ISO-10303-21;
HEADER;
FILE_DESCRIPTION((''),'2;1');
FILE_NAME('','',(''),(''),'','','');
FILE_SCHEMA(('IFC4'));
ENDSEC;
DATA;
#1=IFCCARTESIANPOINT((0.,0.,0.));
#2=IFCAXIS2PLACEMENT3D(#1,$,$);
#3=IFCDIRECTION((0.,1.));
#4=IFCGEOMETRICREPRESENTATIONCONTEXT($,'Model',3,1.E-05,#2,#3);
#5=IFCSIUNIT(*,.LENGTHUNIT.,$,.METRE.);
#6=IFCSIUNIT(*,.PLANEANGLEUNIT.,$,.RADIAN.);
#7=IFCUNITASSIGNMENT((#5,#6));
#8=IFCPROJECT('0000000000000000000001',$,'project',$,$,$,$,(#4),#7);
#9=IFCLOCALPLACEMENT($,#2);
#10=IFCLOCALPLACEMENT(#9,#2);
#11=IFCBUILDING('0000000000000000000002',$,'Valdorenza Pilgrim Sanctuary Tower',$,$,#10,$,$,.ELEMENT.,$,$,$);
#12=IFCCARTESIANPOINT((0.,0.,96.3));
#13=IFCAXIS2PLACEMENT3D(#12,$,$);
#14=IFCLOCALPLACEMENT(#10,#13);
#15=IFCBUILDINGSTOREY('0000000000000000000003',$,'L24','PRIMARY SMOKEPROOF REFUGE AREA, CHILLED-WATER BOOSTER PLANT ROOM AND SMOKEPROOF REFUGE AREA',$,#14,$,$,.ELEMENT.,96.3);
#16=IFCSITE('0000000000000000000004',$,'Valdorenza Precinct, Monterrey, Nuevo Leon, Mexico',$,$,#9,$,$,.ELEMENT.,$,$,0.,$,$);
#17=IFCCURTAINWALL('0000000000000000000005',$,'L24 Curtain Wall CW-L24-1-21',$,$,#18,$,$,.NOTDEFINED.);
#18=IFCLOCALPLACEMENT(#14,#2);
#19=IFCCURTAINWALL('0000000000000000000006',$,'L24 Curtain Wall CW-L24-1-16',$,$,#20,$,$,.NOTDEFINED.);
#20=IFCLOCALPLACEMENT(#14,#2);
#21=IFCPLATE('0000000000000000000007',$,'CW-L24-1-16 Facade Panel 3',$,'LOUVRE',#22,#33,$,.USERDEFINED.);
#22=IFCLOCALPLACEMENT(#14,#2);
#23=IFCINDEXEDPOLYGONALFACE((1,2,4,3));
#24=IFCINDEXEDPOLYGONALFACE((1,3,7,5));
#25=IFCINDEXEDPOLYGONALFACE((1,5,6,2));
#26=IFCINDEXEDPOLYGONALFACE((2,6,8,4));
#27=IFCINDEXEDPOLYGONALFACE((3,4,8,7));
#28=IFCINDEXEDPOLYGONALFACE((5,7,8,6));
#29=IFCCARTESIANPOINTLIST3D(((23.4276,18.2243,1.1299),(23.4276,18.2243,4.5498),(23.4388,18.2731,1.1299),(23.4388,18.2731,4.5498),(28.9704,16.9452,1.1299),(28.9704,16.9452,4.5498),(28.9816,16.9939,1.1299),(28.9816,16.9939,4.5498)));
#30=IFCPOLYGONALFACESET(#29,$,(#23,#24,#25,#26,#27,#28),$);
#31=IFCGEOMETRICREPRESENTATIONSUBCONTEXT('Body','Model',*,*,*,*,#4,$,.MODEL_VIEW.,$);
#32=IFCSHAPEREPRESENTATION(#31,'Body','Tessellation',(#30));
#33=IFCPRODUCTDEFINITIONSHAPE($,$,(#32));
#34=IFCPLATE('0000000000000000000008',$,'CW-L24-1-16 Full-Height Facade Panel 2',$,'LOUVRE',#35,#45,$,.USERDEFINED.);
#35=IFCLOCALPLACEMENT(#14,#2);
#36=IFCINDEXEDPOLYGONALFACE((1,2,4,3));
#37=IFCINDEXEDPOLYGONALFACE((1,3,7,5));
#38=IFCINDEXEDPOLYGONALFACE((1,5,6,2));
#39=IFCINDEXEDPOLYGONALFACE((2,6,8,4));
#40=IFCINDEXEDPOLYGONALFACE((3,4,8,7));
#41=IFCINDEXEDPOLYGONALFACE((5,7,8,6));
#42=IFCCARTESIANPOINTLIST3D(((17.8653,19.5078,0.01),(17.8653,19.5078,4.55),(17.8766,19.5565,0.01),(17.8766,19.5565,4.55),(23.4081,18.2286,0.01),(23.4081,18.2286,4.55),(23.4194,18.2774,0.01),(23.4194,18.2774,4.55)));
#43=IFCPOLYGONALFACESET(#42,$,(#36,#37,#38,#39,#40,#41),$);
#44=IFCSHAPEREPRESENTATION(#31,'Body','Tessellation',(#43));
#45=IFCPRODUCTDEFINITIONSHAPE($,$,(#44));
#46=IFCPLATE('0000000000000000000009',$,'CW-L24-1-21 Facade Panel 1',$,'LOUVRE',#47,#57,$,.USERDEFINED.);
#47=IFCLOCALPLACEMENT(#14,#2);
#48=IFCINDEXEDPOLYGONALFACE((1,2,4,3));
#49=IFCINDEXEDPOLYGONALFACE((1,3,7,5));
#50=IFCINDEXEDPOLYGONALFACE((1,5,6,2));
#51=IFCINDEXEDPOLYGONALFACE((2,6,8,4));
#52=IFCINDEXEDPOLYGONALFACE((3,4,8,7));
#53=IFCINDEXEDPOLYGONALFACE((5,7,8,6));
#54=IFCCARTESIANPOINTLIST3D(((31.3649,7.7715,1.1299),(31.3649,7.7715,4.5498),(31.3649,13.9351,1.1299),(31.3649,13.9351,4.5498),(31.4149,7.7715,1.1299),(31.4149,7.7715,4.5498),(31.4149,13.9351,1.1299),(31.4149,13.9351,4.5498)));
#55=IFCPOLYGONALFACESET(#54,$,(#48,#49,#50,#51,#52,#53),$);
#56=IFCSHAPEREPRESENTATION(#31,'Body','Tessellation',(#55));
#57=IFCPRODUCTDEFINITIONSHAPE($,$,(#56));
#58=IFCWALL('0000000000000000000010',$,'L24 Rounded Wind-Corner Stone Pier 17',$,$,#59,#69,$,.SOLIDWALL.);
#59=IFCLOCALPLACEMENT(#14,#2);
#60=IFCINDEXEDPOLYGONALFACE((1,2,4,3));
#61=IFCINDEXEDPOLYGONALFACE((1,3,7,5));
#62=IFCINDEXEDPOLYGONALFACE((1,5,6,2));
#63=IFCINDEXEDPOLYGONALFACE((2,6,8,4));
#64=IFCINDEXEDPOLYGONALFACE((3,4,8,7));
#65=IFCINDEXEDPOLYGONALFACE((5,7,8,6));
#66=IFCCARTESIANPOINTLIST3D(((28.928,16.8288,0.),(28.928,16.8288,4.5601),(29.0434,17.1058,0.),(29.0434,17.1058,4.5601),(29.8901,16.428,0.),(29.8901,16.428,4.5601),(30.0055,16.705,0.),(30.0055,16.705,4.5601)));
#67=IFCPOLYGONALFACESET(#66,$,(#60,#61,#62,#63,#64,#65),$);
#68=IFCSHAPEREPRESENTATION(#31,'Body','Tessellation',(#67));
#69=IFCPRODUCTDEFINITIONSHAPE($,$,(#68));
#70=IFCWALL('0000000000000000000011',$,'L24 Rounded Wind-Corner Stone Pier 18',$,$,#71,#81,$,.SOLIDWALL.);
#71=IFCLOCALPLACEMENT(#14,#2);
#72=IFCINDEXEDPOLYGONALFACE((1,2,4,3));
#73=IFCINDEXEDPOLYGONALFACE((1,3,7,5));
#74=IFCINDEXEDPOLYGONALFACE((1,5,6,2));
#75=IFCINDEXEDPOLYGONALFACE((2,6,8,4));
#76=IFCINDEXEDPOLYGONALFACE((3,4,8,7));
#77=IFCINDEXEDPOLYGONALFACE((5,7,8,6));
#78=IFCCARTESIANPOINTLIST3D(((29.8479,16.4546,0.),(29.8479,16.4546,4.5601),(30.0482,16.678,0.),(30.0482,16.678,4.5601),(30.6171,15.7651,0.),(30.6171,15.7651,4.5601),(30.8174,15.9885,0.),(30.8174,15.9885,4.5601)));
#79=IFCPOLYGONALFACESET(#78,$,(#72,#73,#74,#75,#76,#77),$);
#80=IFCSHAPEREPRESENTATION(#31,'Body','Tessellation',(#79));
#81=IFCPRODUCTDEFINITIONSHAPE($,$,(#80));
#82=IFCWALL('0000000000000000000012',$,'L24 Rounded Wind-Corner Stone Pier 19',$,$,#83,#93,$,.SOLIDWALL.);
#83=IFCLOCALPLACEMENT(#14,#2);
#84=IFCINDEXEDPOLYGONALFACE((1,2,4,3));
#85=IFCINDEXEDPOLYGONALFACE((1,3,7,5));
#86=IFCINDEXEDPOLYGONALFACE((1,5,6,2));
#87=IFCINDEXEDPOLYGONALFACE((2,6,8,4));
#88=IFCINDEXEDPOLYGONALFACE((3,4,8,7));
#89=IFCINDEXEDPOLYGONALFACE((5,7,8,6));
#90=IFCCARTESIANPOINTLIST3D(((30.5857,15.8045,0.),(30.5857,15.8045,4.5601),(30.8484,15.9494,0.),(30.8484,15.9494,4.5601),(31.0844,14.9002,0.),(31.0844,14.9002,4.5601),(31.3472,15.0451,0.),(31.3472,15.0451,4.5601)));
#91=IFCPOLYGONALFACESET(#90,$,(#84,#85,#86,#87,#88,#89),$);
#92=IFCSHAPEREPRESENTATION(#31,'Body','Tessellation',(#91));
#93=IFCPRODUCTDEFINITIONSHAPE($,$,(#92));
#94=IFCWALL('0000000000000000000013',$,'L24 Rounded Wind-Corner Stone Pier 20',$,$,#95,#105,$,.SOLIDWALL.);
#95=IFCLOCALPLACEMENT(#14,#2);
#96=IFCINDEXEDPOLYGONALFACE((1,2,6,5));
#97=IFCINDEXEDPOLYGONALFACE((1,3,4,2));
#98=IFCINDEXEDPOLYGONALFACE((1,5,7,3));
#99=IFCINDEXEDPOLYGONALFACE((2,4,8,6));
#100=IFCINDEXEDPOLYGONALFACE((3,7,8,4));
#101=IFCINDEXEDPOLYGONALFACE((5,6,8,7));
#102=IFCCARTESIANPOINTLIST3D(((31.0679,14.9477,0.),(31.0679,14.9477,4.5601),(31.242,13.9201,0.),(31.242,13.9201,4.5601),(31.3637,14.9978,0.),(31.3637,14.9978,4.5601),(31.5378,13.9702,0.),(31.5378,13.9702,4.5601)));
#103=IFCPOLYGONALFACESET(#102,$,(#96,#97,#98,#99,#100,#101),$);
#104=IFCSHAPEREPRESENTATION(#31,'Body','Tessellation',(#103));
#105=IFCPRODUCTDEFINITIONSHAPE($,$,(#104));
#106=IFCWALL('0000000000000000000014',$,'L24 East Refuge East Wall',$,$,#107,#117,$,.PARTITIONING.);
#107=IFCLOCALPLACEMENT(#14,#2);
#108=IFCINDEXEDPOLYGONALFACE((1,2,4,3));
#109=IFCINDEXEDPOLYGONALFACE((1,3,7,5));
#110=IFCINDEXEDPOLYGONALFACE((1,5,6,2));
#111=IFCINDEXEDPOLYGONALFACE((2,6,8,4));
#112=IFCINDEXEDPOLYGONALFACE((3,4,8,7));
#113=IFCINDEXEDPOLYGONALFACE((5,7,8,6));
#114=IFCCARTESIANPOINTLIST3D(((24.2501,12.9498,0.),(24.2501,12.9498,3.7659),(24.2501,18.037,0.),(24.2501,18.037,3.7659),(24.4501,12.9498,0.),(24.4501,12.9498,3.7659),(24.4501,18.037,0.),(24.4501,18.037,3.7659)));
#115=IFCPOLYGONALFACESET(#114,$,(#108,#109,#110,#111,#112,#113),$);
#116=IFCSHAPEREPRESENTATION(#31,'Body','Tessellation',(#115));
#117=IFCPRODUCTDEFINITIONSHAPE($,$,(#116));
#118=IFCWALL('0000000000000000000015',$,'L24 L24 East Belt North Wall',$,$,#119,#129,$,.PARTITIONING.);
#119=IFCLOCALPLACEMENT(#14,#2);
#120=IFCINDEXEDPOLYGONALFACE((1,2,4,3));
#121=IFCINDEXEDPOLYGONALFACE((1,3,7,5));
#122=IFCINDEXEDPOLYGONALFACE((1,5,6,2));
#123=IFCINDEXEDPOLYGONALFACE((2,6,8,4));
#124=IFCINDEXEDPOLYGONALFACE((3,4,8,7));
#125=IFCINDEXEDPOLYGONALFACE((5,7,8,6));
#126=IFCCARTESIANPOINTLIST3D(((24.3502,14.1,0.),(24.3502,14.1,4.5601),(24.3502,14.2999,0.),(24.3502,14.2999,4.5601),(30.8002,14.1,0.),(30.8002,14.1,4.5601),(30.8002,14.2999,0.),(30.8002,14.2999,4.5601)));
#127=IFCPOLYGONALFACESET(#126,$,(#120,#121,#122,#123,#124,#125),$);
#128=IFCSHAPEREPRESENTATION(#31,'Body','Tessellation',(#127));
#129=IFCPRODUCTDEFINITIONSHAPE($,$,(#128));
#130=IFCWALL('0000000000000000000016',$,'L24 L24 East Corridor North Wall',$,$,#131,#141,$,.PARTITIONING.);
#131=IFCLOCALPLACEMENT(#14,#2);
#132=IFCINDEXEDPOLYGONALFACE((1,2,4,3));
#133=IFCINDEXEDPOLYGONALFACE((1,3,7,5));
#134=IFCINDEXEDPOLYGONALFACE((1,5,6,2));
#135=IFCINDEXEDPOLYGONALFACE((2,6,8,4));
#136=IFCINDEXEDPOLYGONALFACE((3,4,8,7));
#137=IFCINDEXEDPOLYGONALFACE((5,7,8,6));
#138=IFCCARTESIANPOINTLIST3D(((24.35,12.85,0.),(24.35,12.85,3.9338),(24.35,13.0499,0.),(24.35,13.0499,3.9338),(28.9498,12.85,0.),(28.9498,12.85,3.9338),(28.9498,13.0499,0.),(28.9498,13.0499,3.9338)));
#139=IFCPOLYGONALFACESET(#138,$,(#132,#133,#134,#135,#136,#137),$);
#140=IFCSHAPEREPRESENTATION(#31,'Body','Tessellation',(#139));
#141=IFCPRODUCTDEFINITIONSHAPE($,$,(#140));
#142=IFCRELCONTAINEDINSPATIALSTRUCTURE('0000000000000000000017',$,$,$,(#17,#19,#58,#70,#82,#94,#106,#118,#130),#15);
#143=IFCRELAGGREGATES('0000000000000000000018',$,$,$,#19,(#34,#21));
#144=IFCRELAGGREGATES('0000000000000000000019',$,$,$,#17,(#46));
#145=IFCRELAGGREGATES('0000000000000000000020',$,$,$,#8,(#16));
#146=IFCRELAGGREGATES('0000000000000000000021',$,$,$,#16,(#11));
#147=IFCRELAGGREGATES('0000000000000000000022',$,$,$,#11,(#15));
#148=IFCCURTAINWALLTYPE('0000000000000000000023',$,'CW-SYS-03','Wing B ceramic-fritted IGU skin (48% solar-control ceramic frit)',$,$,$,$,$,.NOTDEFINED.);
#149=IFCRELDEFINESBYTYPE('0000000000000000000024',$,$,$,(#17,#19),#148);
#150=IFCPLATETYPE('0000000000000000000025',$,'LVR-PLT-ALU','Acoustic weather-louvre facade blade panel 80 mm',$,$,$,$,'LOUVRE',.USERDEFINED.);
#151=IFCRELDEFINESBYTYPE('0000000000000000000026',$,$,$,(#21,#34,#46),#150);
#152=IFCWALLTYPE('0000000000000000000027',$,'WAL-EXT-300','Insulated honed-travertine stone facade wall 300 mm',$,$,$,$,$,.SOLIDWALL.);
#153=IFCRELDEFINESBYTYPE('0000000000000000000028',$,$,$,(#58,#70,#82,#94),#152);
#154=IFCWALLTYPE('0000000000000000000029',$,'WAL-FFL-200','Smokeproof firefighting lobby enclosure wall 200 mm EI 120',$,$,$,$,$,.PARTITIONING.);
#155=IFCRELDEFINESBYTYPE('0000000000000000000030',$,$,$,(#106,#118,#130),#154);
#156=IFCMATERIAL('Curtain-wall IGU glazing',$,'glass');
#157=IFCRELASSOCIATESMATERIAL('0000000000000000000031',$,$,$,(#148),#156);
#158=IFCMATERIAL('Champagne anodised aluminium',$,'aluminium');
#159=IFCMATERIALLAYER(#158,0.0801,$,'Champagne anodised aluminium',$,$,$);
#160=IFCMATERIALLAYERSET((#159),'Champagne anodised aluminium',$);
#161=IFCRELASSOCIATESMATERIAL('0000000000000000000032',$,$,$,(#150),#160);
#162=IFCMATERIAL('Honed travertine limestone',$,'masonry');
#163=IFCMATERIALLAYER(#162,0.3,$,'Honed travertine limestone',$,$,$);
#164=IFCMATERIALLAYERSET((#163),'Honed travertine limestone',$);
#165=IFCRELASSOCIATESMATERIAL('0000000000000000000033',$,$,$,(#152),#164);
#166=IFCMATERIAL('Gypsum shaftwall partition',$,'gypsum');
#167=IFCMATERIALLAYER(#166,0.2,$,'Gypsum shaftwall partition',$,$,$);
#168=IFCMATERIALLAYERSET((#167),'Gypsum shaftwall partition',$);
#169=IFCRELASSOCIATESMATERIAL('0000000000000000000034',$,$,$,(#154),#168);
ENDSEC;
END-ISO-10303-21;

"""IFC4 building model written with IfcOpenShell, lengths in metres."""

from ifc_helpers import new_model, si_unit, direction, frame, frame_2d, origin, origin_2d, place, context, subcontext, project, spatial, rectangle, extrude, source, transform, mapped, material, layer, layer_set, type_object, element, aggregate, save


model = new_model("IFC4")

# Units and contexts
model_context = context("Model", 3, precision=1e-05, world=origin(), true_north=direction((0.0, 1.0)))
body_context = subcontext(model_context, "Body", "Model", "MODEL_VIEW")
ifc_project = project(units=[si_unit("LENGTHUNIT", "METRE"), si_unit("PLANEANGLEUNIT", "RADIAN")], contexts=[model_context])

# Site, building, storey
site_placement = place(None, origin())
site = spatial("IfcSite", under=ifc_project, at=site_placement, Name="Valdorenza Precinct, Monterrey, Nuevo Leon, Mexico", CompositionType="ELEMENT", RefElevation=0.0)
building_placement = place(site_placement, origin())
building = spatial("IfcBuilding", under=site, at=building_placement, Name="Valdorenza Pilgrim Sanctuary Tower", CompositionType="ELEMENT")
storey_placement = place(building_placement, frame((0.0, 0.0, 96.3)))
storey = spatial("IfcBuildingStorey", under=building, at=storey_placement, Name="L24", Description="PRIMARY SMOKEPROOF REFUGE AREA, CHILLED-WATER BOOSTER PLANT ROOM AND SMOKEPROOF REFUGE AREA", CompositionType="ELEMENT", Elevation=96.3)

# Curtain wall
ifc_material_1 = material(Name="Curtain-wall IGU glazing", Category="glass")
curtain_wall_type = type_object("IfcCurtainWallType", Name="CW-SYS-03", Description="Wing B ceramic-fritted IGU skin (48% solar-control ceramic frit)", PredefinedType="NOTDEFINED", material=ifc_material_1)
curtain_wall_1_placement = place(storey_placement, origin())
curtain_wall_1 = element("IfcCurtainWall", 1, at=curtain_wall_1_placement, inside=storey, type_object=curtain_wall_type, Name="L24 Curtain Wall CW-L24-1-21", PredefinedType="NOTDEFINED")

# Curtain wall
curtain_wall_2_placement = place(storey_placement, origin())
curtain_wall_2 = element("IfcCurtainWall", 2, at=curtain_wall_2_placement, inside=storey, type_object=curtain_wall_type, Name="L24 Curtain Wall CW-L24-1-16", PredefinedType="NOTDEFINED")

# Plates
ifc_material_2 = material(Name="Honed travertine limestone", Category="masonry")
ifc_material_3 = material(Name="Champagne anodised aluminium", Category="aluminium")
ifc_layer_1 = layer(ifc_material_3, 0.0801, Name="Champagne anodised aluminium")
ifc_layer_set_1 = layer_set([ifc_layer_1], Name="Champagne anodised aluminium")
plate_type_1 = type_object("IfcPlateType", Name="LVR-PLT-ALU", Description="Acoustic weather-louvre facade blade panel 80 mm", ElementType="LOUVRE", PredefinedType="USERDEFINED", material=ifc_layer_set_1)
shared_shape_1 = source(origin(), body_context, "Body", "SweptSolid", [
    extrude(rectangle(XDim=5.6885, YDim=0.05, at=origin_2d()), origin(), (0.0, 0.0, 1.0), 3.4199),
])
plate_1_placement = place(storey_placement, frame((26.2046, 17.6091, 1.1299), z_axis=(0.0, 0.0, 1.0), x_axis=(0.97439, -0.224866, 0.0)))
plate_1 = element("IfcPlate", 3, at=plate_1_placement, type_object=plate_type_1, Name="CW-L24-1-16 Facade Panel 3", ObjectType="LOUVRE", PredefinedType="USERDEFINED", context=body_context, shape_type="MappedRepresentation", body=[
    mapped(shared_shape_1, transform((0.0, 0.0, 0.0), x_axis=(1.0, 0.0, 0.0), y_axis=(0.0, 1.0, 0.0), z_axis=(0.0, 0.0, 1.0), scale=1.0)),
])
shared_shape_2 = source(origin(), body_context, "Body", "SweptSolid", [
    extrude(rectangle(XDim=5.6885, YDim=0.05, at=origin_2d()), origin(), (0.0, 0.0, 1.0), 4.54),
])
plate_2_placement = place(storey_placement, frame((20.6423, 18.8926, 0.01), z_axis=(0.0, 0.0, 1.0), x_axis=(0.97439, -0.224866, 0.0)))
plate_2 = element("IfcPlate", 4, at=plate_2_placement, type_object=plate_type_1, Name="CW-L24-1-16 Full-Height Facade Panel 2", ObjectType="LOUVRE", PredefinedType="USERDEFINED", context=body_context, shape_type="MappedRepresentation", body=[
    mapped(shared_shape_2, transform((0.0, 0.0, 0.0), x_axis=(1.0, 0.0, 0.0), y_axis=(0.0, 1.0, 0.0), z_axis=(0.0, 0.0, 1.0), scale=1.0)),
])
aggregate(curtain_wall_2, [plate_2, plate_1])
shared_shape_3 = source(origin(), body_context, "Body", "SweptSolid", [
    extrude(rectangle(XDim=6.1636, YDim=0.05, at=origin_2d()), origin(), (0.0, 0.0, 1.0), 3.4199),
])
plate_3_placement = place(storey_placement, frame((31.3899, 10.8533, 1.1299), z_axis=(0.0, 0.0, 1.0), x_axis=(0.0, -1.0, 0.0)))
plate_3 = element("IfcPlate", 5, at=plate_3_placement, type_object=plate_type_1, Name="CW-L24-1-21 Facade Panel 1", ObjectType="LOUVRE", PredefinedType="USERDEFINED", context=body_context, shape_type="MappedRepresentation", body=[
    mapped(shared_shape_3, transform((0.0, 0.0, 0.0), x_axis=(1.0, 0.0, 0.0), y_axis=(0.0, 1.0, 0.0), z_axis=(0.0, 0.0, 1.0), scale=1.0)),
])
aggregate(curtain_wall_1, [plate_3])

# Walls
ifc_layer_2 = layer(ifc_material_2, 0.3, Name="Honed travertine limestone")
ifc_layer_set_2 = layer_set([ifc_layer_2], Name="Honed travertine limestone")
wall_type_1 = type_object("IfcWallType", Name="WAL-EXT-300", Description="Insulated honed-travertine stone facade wall 300 mm", PredefinedType="SOLIDWALL", material=ifc_layer_set_2)
wall_1_placement = place(storey_placement, frame((28.9858, 16.9673, 0.0), z_axis=(0.0, 0.0, 1.0), x_axis=(0.923084, -0.384599, 0.0)))
element("IfcWall", 6, at=wall_1_placement, inside=storey, type_object=wall_type_1, Name="L24 Rounded Wind-Corner Stone Pier 17", PredefinedType="SOLIDWALL", context=body_context, shape_type="SweptSolid", body=[
    extrude(rectangle(XDim=1.0422, YDim=0.3, at=frame_2d((0.521, 0.0))), origin(), (0.0, 0.0, 1.0), 4.5601),
])
wall_2_placement = place(storey_placement, frame((29.948, 16.5664, 0.0), z_axis=(0.0, 0.0, 1.0), x_axis=(0.744586, -0.667527, 0.0)))
element("IfcWall", 7, at=wall_2_placement, inside=storey, type_object=wall_type_1, Name="L24 Rounded Wind-Corner Stone Pier 18", PredefinedType="SOLIDWALL", context=body_context, shape_type="SweptSolid", body=[
    extrude(rectangle(XDim=1.033, YDim=0.3, at=frame_2d((0.5166, 0.0))), origin(), (0.0, 0.0, 1.0), 4.5601),
])
wall_3_placement = place(storey_placement, frame((30.717, 15.877, 0.0), z_axis=(0.0, 0.0, 1.0), x_axis=(0.482971, -0.875636, 0.0)))
element("IfcWall", 8, at=wall_3_placement, inside=storey, type_object=wall_type_1, Name="L24 Rounded Wind-Corner Stone Pier 19", PredefinedType="SOLIDWALL", context=body_context, shape_type="SweptSolid", body=[
    extrude(rectangle(XDim=1.0327, YDim=0.3, at=frame_2d((0.5164, 0.0))), origin(), (0.0, 0.0, 1.0), 4.5601),
])
wall_4_placement = place(storey_placement, frame((31.2158, 14.9727, 0.0), z_axis=(0.0, 0.0, 1.0), x_axis=(0.167019, -0.985954, 0.0)))
element("IfcWall", 9, at=wall_4_placement, inside=storey, type_object=wall_type_1, Name="L24 Rounded Wind-Corner Stone Pier 20", PredefinedType="SOLIDWALL", context=body_context, shape_type="SweptSolid", body=[
    extrude(rectangle(XDim=1.0422, YDim=0.3, at=frame_2d((0.521, 0.0))), origin(), (0.0, 0.0, 1.0), 4.5601),
])
ifc_material_4 = material(Name="Gypsum shaftwall partition", Category="gypsum")
ifc_layer_3 = layer(ifc_material_4, 0.2, Name="Gypsum shaftwall partition")
ifc_layer_set_3 = layer_set([ifc_layer_3], Name="Gypsum shaftwall partition")
wall_type_2 = type_object("IfcWallType", Name="WAL-FFL-200", Description="Smokeproof firefighting lobby enclosure wall 200 mm EI 120", PredefinedType="PARTITIONING", material=ifc_layer_set_3)
wall_5_placement = place(storey_placement, frame((24.3501, 12.95, 0.0), z_axis=(0.0, 0.0, 1.0), x_axis=(0.0, 1.0, 0.0)))
element("IfcWall", 10, at=wall_5_placement, inside=storey, type_object=wall_type_2, Name="L24 East Refuge East Wall", PredefinedType="PARTITIONING", context=body_context, shape_type="SweptSolid", body=[
    extrude(rectangle(XDim=5.0872, YDim=0.2, at=frame_2d((2.5435, 0.0))), origin(), (0.0, 0.0, 1.0), 3.7659),
])
wall_6_placement = place(storey_placement, frame((24.3501, 14.2, 0.0), z_axis=(0.0, 0.0, 1.0), x_axis=(1.0, 0.0, 0.0)))
element("IfcWall", 11, at=wall_6_placement, inside=storey, type_object=wall_type_2, Name="L24 L24 East Belt North Wall", PredefinedType="PARTITIONING", context=body_context, shape_type="SweptSolid", body=[
    extrude(rectangle(XDim=6.45, YDim=0.2, at=frame_2d((3.2251, 0.0))), origin(), (0.0, 0.0, 1.0), 4.5601),
])
wall_7_placement = place(storey_placement, frame((24.3501, 12.95, 0.0), z_axis=(0.0, 0.0, 1.0), x_axis=(1.0, 0.0, 0.0)))
element("IfcWall", 12, at=wall_7_placement, inside=storey, type_object=wall_type_2, Name="L24 L24 East Corridor North Wall", PredefinedType="PARTITIONING", context=body_context, shape_type="SweptSolid", body=[
    extrude(rectangle(XDim=4.5999, YDim=0.2, at=frame_2d((2.2998, 0.0))), origin(), (0.0, 0.0, 1.0), 3.9338),
])

save(model, "model.ifc")
